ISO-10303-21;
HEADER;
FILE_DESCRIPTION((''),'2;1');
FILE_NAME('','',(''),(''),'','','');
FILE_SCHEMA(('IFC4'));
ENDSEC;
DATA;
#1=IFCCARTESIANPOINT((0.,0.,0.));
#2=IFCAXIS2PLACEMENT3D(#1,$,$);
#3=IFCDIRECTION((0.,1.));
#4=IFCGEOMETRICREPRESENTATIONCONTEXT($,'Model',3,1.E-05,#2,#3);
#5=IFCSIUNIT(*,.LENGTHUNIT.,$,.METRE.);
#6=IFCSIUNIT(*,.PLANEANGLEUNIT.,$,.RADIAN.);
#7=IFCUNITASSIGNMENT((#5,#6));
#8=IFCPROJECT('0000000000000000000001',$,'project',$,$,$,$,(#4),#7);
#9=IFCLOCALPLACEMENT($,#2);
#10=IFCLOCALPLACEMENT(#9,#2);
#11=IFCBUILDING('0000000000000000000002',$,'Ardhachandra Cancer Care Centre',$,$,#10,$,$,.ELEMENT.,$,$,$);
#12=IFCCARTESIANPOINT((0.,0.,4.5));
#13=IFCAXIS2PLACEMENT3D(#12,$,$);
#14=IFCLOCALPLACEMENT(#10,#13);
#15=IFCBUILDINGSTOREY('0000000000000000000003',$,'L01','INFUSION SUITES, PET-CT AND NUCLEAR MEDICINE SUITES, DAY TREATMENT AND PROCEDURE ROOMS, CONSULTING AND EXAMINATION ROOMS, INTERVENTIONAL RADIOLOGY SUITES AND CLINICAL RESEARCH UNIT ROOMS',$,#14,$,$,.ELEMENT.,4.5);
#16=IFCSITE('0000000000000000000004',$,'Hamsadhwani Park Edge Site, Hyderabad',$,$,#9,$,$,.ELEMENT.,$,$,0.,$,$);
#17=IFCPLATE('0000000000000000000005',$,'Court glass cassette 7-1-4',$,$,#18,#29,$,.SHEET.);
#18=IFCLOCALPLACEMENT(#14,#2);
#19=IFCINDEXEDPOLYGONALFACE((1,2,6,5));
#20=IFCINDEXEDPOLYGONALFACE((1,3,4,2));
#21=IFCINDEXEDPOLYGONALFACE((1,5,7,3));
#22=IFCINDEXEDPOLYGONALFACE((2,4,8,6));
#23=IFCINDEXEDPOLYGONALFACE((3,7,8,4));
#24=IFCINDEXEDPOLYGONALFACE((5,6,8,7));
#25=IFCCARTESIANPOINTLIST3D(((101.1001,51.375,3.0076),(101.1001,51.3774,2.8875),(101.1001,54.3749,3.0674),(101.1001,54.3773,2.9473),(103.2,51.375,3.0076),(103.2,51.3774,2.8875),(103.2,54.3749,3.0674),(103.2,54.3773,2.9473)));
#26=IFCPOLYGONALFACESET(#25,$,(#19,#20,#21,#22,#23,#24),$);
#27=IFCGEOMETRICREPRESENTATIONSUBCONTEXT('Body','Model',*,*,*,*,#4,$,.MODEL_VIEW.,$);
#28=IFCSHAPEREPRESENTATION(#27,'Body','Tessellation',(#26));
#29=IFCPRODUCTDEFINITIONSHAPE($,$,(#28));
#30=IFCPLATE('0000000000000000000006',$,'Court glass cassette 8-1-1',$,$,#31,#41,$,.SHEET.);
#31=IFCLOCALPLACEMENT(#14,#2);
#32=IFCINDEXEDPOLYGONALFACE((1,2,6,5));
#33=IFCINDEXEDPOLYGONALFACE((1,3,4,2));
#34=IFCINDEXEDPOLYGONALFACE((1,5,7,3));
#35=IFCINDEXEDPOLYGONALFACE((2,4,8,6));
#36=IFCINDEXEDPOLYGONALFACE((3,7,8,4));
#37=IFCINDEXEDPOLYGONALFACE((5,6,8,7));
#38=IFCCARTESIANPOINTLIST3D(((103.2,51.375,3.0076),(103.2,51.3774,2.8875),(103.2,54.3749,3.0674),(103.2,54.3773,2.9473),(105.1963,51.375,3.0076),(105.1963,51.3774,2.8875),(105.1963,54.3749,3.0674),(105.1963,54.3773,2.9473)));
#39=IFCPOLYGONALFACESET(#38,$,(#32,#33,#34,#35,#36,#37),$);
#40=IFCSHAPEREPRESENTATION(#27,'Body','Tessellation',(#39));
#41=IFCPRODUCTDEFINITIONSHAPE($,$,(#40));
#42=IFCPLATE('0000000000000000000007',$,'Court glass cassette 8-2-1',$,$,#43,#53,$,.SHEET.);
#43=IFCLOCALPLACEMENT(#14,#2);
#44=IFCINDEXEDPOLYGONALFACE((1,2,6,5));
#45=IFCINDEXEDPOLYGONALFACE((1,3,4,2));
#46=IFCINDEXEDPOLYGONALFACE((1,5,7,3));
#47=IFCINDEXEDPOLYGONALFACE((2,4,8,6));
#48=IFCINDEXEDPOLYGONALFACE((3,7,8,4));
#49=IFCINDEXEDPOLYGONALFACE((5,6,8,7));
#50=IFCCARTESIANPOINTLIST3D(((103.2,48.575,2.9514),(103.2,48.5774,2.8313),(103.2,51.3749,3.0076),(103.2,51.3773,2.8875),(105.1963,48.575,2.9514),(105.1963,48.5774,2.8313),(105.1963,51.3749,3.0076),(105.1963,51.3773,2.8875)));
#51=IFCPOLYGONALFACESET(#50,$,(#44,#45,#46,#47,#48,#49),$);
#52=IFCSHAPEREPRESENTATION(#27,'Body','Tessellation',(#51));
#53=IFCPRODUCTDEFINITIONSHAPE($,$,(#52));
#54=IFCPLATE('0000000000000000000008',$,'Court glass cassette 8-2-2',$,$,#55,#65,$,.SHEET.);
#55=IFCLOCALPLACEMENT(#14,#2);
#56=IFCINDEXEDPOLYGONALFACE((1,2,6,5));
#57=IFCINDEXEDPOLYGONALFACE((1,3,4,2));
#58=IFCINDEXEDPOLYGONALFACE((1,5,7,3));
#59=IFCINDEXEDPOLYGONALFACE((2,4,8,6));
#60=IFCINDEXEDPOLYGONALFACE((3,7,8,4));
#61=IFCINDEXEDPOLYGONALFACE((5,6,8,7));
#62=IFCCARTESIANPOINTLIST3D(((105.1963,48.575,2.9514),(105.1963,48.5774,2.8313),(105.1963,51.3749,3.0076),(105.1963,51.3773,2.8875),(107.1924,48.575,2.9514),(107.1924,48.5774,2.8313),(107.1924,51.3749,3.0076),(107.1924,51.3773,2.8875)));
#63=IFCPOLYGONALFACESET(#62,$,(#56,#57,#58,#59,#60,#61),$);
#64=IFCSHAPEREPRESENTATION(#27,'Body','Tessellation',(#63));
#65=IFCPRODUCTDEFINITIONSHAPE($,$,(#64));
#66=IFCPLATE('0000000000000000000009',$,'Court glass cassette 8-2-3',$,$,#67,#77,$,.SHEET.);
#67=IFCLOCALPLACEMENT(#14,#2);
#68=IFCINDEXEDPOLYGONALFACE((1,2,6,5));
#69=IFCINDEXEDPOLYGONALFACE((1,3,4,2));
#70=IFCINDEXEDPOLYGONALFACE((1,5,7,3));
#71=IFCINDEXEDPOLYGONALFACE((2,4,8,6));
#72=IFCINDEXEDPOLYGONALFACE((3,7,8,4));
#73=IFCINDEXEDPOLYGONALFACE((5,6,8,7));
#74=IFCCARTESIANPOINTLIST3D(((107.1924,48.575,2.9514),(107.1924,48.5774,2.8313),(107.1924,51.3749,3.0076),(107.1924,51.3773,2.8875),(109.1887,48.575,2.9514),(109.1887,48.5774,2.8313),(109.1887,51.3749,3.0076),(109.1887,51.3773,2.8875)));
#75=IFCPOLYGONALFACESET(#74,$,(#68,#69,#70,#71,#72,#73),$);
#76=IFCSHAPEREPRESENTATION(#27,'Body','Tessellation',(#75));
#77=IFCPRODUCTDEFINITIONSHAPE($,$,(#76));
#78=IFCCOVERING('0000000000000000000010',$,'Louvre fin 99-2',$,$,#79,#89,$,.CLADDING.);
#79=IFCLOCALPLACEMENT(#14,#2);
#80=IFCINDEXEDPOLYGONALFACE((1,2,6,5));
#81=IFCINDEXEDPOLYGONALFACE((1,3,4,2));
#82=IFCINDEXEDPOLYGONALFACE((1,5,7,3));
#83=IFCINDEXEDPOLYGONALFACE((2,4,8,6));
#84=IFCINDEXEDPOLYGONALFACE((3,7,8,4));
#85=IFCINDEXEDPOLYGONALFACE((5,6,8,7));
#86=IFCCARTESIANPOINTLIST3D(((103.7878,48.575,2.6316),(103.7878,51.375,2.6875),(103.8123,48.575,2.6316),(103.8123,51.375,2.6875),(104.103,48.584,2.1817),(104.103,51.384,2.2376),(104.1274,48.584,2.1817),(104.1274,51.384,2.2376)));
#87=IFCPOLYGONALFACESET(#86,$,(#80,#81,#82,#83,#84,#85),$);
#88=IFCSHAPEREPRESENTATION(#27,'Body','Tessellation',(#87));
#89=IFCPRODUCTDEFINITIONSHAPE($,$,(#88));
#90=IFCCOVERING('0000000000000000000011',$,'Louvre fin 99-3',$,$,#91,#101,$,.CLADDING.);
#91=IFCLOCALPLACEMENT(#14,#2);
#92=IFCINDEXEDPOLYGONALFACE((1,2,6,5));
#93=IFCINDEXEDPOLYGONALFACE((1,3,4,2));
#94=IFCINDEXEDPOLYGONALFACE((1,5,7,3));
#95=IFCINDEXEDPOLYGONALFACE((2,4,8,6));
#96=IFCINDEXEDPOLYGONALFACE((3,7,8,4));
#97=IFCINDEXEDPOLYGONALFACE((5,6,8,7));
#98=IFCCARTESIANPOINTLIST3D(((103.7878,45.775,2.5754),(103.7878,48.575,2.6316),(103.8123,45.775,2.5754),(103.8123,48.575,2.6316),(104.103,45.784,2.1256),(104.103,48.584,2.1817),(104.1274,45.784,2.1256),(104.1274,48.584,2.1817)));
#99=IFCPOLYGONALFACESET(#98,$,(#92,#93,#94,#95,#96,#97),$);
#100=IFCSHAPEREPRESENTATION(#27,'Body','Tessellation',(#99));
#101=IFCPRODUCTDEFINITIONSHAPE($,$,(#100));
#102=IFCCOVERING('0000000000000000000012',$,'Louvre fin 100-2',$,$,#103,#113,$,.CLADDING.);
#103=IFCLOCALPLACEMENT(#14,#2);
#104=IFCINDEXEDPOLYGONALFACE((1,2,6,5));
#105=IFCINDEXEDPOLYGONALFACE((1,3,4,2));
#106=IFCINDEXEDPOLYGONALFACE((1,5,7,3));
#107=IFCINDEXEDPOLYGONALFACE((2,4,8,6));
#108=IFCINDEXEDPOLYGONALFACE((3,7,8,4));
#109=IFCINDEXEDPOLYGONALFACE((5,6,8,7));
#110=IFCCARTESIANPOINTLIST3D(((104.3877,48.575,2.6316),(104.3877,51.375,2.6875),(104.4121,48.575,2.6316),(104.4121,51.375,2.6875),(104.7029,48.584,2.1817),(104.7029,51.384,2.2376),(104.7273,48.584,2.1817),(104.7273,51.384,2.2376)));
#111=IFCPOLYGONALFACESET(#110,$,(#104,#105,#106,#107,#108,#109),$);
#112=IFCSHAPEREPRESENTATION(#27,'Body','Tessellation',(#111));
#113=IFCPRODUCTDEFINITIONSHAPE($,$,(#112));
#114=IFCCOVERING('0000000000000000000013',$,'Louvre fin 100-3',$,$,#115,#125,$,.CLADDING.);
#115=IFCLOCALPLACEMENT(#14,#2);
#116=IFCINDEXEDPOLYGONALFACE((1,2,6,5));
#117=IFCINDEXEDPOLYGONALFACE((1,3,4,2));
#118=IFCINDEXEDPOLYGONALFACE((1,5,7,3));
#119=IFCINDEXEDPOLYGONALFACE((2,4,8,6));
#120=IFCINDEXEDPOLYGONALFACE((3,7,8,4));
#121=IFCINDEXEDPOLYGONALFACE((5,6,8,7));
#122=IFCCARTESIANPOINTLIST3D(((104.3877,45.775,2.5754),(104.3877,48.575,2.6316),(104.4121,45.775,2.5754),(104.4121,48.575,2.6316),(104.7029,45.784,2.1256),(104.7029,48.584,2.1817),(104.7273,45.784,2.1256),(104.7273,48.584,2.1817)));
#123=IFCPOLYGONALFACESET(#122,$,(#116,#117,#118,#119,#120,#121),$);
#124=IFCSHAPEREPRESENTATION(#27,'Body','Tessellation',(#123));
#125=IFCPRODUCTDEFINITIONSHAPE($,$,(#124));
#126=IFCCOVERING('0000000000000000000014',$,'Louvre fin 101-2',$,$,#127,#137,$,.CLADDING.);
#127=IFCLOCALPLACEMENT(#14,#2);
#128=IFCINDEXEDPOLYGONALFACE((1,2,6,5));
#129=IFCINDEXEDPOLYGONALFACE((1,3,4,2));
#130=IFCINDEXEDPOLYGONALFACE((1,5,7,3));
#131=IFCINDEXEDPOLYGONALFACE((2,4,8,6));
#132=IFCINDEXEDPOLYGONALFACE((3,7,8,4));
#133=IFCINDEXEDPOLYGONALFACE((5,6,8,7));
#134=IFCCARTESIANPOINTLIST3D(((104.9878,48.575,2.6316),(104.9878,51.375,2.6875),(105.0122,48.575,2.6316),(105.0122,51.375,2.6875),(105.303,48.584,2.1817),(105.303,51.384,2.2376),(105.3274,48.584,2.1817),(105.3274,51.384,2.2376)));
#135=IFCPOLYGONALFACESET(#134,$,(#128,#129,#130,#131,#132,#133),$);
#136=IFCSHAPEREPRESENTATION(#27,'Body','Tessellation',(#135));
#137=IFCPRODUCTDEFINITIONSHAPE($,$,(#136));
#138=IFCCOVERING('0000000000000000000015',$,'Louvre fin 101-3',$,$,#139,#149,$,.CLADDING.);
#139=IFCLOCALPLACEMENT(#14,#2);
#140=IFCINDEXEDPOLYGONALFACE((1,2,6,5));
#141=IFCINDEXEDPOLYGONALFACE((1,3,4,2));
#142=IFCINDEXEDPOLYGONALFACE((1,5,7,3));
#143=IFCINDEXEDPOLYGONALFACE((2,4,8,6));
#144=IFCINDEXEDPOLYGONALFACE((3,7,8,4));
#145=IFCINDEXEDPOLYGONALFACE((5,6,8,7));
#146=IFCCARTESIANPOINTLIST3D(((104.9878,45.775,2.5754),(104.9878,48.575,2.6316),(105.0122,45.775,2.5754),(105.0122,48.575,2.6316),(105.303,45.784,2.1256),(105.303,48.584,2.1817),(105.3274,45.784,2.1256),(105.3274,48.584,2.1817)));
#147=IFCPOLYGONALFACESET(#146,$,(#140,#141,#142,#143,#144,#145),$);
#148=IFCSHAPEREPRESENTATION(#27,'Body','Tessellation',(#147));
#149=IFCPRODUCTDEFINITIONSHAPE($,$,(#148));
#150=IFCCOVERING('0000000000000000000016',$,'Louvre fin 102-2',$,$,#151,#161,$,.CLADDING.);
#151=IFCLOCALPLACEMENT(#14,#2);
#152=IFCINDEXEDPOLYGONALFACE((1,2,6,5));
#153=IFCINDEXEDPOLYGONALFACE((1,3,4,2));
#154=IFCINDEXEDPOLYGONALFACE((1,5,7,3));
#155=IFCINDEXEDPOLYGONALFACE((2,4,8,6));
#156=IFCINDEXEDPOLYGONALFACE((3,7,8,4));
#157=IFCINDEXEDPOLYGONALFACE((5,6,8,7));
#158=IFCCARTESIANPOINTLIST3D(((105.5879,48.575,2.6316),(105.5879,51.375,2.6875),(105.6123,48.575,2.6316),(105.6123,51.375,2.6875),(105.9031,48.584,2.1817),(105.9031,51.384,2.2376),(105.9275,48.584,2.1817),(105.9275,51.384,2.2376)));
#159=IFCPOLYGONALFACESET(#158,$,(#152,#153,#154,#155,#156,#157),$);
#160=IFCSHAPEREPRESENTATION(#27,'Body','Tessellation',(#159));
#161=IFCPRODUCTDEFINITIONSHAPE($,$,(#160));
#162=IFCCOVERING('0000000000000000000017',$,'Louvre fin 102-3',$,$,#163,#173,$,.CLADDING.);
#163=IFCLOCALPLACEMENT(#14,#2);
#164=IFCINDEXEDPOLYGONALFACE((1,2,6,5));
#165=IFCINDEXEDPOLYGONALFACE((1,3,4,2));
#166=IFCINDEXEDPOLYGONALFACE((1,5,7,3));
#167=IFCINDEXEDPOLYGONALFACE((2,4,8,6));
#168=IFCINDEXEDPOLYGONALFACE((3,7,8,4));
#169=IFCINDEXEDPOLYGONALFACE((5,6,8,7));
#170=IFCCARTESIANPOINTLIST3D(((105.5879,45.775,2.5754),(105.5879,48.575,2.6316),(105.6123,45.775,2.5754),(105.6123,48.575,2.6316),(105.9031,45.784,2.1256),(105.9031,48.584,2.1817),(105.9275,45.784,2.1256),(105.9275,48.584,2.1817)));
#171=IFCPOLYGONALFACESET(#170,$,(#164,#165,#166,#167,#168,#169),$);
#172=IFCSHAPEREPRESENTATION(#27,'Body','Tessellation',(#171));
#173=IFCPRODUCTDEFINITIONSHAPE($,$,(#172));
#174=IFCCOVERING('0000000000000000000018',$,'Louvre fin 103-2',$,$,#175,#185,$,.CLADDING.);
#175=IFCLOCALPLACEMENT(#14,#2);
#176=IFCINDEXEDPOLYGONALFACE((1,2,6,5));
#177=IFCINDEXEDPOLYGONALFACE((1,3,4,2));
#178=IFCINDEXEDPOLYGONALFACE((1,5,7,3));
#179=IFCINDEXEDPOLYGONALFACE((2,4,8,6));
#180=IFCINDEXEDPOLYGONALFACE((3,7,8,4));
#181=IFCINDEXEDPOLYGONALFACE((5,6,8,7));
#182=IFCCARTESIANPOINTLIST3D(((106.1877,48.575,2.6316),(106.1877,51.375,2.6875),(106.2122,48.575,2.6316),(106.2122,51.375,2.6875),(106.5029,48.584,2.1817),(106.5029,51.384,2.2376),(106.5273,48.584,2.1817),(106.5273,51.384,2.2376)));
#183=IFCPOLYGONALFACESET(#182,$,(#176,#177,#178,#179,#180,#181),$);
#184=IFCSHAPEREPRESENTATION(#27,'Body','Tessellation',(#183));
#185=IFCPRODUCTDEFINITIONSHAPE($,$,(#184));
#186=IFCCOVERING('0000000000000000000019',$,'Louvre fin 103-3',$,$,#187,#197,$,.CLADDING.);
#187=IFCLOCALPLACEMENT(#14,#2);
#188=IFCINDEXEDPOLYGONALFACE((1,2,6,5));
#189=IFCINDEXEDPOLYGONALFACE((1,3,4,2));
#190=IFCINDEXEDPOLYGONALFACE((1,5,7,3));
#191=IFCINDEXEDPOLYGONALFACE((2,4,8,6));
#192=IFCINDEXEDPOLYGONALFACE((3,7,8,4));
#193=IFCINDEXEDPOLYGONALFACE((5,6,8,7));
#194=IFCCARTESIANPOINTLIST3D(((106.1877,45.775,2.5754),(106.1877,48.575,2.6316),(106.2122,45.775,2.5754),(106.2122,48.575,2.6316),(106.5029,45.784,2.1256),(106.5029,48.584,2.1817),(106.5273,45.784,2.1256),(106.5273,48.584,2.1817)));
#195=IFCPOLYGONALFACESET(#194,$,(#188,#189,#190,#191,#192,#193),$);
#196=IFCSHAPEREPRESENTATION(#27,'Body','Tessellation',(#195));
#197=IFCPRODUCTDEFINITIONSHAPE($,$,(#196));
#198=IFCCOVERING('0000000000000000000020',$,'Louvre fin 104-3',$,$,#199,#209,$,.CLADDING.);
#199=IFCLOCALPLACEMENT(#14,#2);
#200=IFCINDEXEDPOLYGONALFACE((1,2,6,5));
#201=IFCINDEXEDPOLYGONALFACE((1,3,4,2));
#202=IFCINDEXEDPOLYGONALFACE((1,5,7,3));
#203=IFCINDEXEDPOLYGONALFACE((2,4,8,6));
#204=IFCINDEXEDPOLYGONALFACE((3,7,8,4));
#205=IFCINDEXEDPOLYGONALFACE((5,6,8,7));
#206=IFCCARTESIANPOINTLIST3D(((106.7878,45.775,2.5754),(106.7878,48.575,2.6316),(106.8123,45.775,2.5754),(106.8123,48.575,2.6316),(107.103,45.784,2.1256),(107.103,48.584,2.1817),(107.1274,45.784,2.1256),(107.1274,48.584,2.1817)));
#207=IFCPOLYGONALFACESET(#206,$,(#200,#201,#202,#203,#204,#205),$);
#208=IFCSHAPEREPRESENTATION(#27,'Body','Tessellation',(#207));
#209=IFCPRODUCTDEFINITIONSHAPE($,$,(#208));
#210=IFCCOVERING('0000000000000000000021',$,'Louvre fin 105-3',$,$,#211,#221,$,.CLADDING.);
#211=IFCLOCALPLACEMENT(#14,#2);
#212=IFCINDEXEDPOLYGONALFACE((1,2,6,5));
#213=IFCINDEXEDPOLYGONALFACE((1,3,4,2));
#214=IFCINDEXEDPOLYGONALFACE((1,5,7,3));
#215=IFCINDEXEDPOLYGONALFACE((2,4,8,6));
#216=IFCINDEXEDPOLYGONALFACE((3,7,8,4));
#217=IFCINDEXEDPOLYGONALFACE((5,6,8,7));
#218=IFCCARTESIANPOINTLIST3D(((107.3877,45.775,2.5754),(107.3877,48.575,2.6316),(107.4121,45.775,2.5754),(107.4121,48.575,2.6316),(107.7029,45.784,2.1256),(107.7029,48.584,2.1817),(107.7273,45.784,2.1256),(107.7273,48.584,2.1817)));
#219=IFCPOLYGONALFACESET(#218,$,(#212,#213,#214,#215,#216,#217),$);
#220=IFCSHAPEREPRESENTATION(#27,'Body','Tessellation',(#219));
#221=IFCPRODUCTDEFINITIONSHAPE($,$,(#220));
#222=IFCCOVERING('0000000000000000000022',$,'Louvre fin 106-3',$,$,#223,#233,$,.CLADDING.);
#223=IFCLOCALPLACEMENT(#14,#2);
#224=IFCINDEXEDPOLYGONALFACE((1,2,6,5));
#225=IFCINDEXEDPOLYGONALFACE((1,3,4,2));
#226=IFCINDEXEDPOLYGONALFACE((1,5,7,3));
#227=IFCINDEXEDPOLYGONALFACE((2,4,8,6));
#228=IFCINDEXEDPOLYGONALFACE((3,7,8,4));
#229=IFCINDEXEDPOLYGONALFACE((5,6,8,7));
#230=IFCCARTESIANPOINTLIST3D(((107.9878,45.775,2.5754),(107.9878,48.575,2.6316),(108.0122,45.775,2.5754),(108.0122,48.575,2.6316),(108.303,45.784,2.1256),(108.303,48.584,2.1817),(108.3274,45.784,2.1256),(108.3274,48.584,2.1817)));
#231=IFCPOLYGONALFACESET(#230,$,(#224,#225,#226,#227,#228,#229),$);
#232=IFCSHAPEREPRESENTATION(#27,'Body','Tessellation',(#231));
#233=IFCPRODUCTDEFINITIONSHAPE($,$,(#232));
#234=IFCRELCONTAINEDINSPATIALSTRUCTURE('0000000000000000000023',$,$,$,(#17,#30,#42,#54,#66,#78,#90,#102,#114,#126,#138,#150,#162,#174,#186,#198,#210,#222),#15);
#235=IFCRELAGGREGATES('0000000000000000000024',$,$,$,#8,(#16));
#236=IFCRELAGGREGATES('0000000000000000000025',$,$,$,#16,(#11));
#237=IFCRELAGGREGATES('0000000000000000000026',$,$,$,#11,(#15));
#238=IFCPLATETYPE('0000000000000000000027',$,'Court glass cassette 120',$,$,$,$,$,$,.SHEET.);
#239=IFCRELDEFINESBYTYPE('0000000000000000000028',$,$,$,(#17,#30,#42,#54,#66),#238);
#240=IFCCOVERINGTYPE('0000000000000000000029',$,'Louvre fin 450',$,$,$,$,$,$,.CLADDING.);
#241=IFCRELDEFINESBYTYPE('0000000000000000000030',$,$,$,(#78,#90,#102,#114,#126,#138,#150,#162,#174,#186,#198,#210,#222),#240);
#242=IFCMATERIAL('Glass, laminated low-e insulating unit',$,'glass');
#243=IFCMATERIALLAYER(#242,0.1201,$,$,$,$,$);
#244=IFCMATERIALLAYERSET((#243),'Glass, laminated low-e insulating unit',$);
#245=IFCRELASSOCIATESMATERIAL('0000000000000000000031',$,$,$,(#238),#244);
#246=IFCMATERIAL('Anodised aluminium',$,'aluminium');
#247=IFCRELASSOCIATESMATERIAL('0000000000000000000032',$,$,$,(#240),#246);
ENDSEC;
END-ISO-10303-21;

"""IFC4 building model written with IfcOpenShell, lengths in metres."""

from ifc_helpers import new_model, si_unit, direction, frame, origin, place, context, subcontext, project, spatial, polyline, outline, extrude, material, layer, layer_set, material_profile, profile_set, type_object, element, save


model = new_model("IFC4")

# Units and contexts
model_context = context("Model", 3, precision=1e-05, world=origin(), true_north=direction((0.0, 1.0)))
body_context = subcontext(model_context, "Body", "Model", "MODEL_VIEW")
ifc_project = project(units=[si_unit("LENGTHUNIT", "METRE"), si_unit("PLANEANGLEUNIT", "RADIAN")], contexts=[model_context])

# Site, building, storey
site_placement = place(None, origin())
site = spatial("IfcSite", under=ifc_project, at=site_placement, Name="Hamsadhwani Park Edge Site, Hyderabad", CompositionType="ELEMENT", RefElevation=0.0)
building_placement = place(site_placement, origin())
building = spatial("IfcBuilding", under=site, at=building_placement, Name="Ardhachandra Cancer Care Centre", CompositionType="ELEMENT")
storey_placement = place(building_placement, frame((0.0, 0.0, 4.5)))
storey = spatial("IfcBuildingStorey", under=building, at=storey_placement, Name="L01", Description="INFUSION SUITES, PET-CT AND NUCLEAR MEDICINE SUITES, DAY TREATMENT AND PROCEDURE ROOMS, CONSULTING AND EXAMINATION ROOMS, INTERVENTIONAL RADIOLOGY SUITES AND CLINICAL RESEARCH UNIT ROOMS", CompositionType="ELEMENT", Elevation=4.5)

# Plates
ifc_material_1 = material(Name="Glass, laminated low-e insulating unit", Category="glass")
ifc_layer_1 = layer(ifc_material_1, 0.1201)
ifc_layer_set_1 = layer_set([ifc_layer_1], Name="Glass, laminated low-e insulating unit")
plate_type = type_object("IfcPlateType", Name="Court glass cassette 120", PredefinedType="SHEET", material=ifc_layer_set_1)
plate_1_placement = place(storey_placement, frame((103.2, 51.375, 3.0076), z_axis=(0.0, -0.019934, 0.999801), x_axis=(-1.0, 0.0, 0.0)))
element("IfcPlate", 1, at=plate_1_placement, inside=storey, type_object=plate_type, Name="Court glass cassette 7-1-4", PredefinedType="SHEET", context=body_context, shape_type="SweptSolid", body=[
    extrude(outline(polyline([(0.0, -3.0005), (2.0999, -3.0005), (2.0999, 0.0), (0.0, 0.0), (0.0, -3.0005)])), frame((0.0, 0.0, -0.1201)), (0.0, 0.0, 1.0), 0.1201),
])
plate_2_placement = place(storey_placement, frame((105.1963, 51.375, 3.0076), z_axis=(0.0, -0.019934, 0.999801), x_axis=(-1.0, 0.0, 0.0)))
element("IfcPlate", 2, at=plate_2_placement, inside=storey, type_object=plate_type, Name="Court glass cassette 8-1-1", PredefinedType="SHEET", context=body_context, shape_type="SweptSolid", body=[
    extrude(outline(polyline([(0.0, -3.0005), (1.9963, -3.0005), (1.9963, 0.0), (0.0, 0.0), (0.0, -3.0005)])), frame((0.0, 0.0, -0.1201)), (0.0, 0.0, 1.0), 0.1201),
])
plate_3_placement = place(storey_placement, frame((103.2, 48.575, 2.9514), z_axis=(0.0, -0.02005, 0.999799), x_axis=(0.0, 0.999799, 0.02005)))
element("IfcPlate", 3, at=plate_3_placement, inside=storey, type_object=plate_type, Name="Court glass cassette 8-2-1", PredefinedType="SHEET", context=body_context, shape_type="SweptSolid", body=[
    extrude(outline(polyline([(0.0, -1.9963), (2.8005, -1.9963), (2.8005, 0.0), (0.0, 0.0), (0.0, -1.9963)])), frame((0.0, 0.0, -0.1201)), (0.0, 0.0, 1.0), 0.1201),
])
plate_4_placement = place(storey_placement, frame((105.1963, 48.575, 2.9514), z_axis=(0.0, -0.02005, 0.999799), x_axis=(0.0, 0.999799, 0.02005)))
element("IfcPlate", 4, at=plate_4_placement, inside=storey, type_object=plate_type, Name="Court glass cassette 8-2-2", PredefinedType="SHEET", context=body_context, shape_type="SweptSolid", body=[
    extrude(outline(polyline([(0.0, -1.9961), (2.8005, -1.9961), (2.8005, 0.0), (0.0, 0.0), (0.0, -1.9961)])), frame((0.0, 0.0, -0.1201)), (0.0, 0.0, 1.0), 0.1201),
])
plate_5_placement = place(storey_placement, frame((107.1924, 48.575, 2.9514), z_axis=(0.0, -0.02005, 0.999799), x_axis=(0.0, 0.999799, 0.02005)))
element("IfcPlate", 5, at=plate_5_placement, inside=storey, type_object=plate_type, Name="Court glass cassette 8-2-3", PredefinedType="SHEET", context=body_context, shape_type="SweptSolid", body=[
    extrude(outline(polyline([(0.0, -1.9963), (2.8005, -1.9963), (2.8005, 0.0), (0.0, 0.0), (0.0, -1.9963)])), frame((0.0, 0.0, -0.1201)), (0.0, 0.0, 1.0), 0.1201),
])

# Coverings
ifc_material_2 = material(Name="Anodised aluminium", Category="aluminium")
ifc_material_profile_1 = material_profile(ifc_material_2, outline(polyline([(-0.0122, 0.0), (0.0122, 0.0), (0.3274, -0.45), (0.303, -0.45), (-0.0122, 0.0)])), Name="Louvre fin 450")
ifc_profile_set_1 = profile_set([ifc_material_profile_1], Name="Anodised aluminium")
covering_type_1 = type_object("IfcCoveringType", Name="Louvre fin 450", PredefinedType="CLADDING", material=ifc_profile_set_1)
for number, where, z_axis, x_axis, name in (
    (6, (103.8, 51.375, 2.6875), (0.0, -0.999801, -0.019963), (1.0, 0.0, 0.0), "Louvre fin 99-2"),
    (7, (103.8, 48.575, 2.6316), (0.0, -0.999799, -0.02005), (1.0, 0.0, 0.0), "Louvre fin 99-3"),
    (8, (104.3999, 51.375, 2.6875), (0.0, -0.999801, -0.019963), (1.0, 0.0, 0.0), "Louvre fin 100-2"),
    (9, (104.3999, 48.575, 2.6316), (0.0, -0.999799, -0.02005), (1.0, 0.0, 0.0), "Louvre fin 100-3"),
    (10, (105.0, 51.375, 2.6875), (0.0, -0.999801, -0.019963), (1.0, 0.0, 0.0), "Louvre fin 101-2"),
    (11, (105.0, 48.575, 2.6316), (0.0, -0.999799, -0.02005), (1.0, 0.0, 0.0), "Louvre fin 101-3"),
    (12, (105.6001, 51.375, 2.6875), (0.0, -0.999801, -0.019963), (1.0, 0.0, 0.0), "Louvre fin 102-2"),
    (13, (105.6001, 48.575, 2.6316), (0.0, -0.999799, -0.02005), (1.0, 0.0, 0.0), "Louvre fin 102-3"),
    (14, (106.2, 51.375, 2.6875), (0.0, -0.999801, -0.019963), (1.0, 0.0, 0.0), "Louvre fin 103-2"),
    (15, (106.2, 48.575, 2.6316), (0.0, -0.999799, -0.02005), (1.0, 0.0, 0.0), "Louvre fin 103-3"),
    (16, (106.8, 48.575, 2.6316), (0.0, -0.999799, -0.02005), (1.0, 0.0, 0.0), "Louvre fin 104-3"),
    (17, (107.3999, 48.575, 2.6316), (0.0, -0.999799, -0.02005), (1.0, 0.0, 0.0), "Louvre fin 105-3"),
    (18, (108.0, 48.575, 2.6316), (0.0, -0.999799, -0.02005), (1.0, 0.0, 0.0), "Louvre fin 106-3"),
):
    element("IfcCovering", number, at=place(storey_placement, frame(where, z_axis=z_axis, x_axis=x_axis)), inside=storey, type_object=covering_type_1, Name=name, PredefinedType="CLADDING", context=body_context, shape_type="SweptSolid", body=[
        extrude(outline(polyline([(-0.0122, 0.0), (0.0122, 0.0), (0.3274, -0.45), (0.303, -0.45), (-0.0122, 0.0)])), origin(), (0.0, 0.0, 1.0), 2.8005),
    ])

save(model, "model.ifc")
